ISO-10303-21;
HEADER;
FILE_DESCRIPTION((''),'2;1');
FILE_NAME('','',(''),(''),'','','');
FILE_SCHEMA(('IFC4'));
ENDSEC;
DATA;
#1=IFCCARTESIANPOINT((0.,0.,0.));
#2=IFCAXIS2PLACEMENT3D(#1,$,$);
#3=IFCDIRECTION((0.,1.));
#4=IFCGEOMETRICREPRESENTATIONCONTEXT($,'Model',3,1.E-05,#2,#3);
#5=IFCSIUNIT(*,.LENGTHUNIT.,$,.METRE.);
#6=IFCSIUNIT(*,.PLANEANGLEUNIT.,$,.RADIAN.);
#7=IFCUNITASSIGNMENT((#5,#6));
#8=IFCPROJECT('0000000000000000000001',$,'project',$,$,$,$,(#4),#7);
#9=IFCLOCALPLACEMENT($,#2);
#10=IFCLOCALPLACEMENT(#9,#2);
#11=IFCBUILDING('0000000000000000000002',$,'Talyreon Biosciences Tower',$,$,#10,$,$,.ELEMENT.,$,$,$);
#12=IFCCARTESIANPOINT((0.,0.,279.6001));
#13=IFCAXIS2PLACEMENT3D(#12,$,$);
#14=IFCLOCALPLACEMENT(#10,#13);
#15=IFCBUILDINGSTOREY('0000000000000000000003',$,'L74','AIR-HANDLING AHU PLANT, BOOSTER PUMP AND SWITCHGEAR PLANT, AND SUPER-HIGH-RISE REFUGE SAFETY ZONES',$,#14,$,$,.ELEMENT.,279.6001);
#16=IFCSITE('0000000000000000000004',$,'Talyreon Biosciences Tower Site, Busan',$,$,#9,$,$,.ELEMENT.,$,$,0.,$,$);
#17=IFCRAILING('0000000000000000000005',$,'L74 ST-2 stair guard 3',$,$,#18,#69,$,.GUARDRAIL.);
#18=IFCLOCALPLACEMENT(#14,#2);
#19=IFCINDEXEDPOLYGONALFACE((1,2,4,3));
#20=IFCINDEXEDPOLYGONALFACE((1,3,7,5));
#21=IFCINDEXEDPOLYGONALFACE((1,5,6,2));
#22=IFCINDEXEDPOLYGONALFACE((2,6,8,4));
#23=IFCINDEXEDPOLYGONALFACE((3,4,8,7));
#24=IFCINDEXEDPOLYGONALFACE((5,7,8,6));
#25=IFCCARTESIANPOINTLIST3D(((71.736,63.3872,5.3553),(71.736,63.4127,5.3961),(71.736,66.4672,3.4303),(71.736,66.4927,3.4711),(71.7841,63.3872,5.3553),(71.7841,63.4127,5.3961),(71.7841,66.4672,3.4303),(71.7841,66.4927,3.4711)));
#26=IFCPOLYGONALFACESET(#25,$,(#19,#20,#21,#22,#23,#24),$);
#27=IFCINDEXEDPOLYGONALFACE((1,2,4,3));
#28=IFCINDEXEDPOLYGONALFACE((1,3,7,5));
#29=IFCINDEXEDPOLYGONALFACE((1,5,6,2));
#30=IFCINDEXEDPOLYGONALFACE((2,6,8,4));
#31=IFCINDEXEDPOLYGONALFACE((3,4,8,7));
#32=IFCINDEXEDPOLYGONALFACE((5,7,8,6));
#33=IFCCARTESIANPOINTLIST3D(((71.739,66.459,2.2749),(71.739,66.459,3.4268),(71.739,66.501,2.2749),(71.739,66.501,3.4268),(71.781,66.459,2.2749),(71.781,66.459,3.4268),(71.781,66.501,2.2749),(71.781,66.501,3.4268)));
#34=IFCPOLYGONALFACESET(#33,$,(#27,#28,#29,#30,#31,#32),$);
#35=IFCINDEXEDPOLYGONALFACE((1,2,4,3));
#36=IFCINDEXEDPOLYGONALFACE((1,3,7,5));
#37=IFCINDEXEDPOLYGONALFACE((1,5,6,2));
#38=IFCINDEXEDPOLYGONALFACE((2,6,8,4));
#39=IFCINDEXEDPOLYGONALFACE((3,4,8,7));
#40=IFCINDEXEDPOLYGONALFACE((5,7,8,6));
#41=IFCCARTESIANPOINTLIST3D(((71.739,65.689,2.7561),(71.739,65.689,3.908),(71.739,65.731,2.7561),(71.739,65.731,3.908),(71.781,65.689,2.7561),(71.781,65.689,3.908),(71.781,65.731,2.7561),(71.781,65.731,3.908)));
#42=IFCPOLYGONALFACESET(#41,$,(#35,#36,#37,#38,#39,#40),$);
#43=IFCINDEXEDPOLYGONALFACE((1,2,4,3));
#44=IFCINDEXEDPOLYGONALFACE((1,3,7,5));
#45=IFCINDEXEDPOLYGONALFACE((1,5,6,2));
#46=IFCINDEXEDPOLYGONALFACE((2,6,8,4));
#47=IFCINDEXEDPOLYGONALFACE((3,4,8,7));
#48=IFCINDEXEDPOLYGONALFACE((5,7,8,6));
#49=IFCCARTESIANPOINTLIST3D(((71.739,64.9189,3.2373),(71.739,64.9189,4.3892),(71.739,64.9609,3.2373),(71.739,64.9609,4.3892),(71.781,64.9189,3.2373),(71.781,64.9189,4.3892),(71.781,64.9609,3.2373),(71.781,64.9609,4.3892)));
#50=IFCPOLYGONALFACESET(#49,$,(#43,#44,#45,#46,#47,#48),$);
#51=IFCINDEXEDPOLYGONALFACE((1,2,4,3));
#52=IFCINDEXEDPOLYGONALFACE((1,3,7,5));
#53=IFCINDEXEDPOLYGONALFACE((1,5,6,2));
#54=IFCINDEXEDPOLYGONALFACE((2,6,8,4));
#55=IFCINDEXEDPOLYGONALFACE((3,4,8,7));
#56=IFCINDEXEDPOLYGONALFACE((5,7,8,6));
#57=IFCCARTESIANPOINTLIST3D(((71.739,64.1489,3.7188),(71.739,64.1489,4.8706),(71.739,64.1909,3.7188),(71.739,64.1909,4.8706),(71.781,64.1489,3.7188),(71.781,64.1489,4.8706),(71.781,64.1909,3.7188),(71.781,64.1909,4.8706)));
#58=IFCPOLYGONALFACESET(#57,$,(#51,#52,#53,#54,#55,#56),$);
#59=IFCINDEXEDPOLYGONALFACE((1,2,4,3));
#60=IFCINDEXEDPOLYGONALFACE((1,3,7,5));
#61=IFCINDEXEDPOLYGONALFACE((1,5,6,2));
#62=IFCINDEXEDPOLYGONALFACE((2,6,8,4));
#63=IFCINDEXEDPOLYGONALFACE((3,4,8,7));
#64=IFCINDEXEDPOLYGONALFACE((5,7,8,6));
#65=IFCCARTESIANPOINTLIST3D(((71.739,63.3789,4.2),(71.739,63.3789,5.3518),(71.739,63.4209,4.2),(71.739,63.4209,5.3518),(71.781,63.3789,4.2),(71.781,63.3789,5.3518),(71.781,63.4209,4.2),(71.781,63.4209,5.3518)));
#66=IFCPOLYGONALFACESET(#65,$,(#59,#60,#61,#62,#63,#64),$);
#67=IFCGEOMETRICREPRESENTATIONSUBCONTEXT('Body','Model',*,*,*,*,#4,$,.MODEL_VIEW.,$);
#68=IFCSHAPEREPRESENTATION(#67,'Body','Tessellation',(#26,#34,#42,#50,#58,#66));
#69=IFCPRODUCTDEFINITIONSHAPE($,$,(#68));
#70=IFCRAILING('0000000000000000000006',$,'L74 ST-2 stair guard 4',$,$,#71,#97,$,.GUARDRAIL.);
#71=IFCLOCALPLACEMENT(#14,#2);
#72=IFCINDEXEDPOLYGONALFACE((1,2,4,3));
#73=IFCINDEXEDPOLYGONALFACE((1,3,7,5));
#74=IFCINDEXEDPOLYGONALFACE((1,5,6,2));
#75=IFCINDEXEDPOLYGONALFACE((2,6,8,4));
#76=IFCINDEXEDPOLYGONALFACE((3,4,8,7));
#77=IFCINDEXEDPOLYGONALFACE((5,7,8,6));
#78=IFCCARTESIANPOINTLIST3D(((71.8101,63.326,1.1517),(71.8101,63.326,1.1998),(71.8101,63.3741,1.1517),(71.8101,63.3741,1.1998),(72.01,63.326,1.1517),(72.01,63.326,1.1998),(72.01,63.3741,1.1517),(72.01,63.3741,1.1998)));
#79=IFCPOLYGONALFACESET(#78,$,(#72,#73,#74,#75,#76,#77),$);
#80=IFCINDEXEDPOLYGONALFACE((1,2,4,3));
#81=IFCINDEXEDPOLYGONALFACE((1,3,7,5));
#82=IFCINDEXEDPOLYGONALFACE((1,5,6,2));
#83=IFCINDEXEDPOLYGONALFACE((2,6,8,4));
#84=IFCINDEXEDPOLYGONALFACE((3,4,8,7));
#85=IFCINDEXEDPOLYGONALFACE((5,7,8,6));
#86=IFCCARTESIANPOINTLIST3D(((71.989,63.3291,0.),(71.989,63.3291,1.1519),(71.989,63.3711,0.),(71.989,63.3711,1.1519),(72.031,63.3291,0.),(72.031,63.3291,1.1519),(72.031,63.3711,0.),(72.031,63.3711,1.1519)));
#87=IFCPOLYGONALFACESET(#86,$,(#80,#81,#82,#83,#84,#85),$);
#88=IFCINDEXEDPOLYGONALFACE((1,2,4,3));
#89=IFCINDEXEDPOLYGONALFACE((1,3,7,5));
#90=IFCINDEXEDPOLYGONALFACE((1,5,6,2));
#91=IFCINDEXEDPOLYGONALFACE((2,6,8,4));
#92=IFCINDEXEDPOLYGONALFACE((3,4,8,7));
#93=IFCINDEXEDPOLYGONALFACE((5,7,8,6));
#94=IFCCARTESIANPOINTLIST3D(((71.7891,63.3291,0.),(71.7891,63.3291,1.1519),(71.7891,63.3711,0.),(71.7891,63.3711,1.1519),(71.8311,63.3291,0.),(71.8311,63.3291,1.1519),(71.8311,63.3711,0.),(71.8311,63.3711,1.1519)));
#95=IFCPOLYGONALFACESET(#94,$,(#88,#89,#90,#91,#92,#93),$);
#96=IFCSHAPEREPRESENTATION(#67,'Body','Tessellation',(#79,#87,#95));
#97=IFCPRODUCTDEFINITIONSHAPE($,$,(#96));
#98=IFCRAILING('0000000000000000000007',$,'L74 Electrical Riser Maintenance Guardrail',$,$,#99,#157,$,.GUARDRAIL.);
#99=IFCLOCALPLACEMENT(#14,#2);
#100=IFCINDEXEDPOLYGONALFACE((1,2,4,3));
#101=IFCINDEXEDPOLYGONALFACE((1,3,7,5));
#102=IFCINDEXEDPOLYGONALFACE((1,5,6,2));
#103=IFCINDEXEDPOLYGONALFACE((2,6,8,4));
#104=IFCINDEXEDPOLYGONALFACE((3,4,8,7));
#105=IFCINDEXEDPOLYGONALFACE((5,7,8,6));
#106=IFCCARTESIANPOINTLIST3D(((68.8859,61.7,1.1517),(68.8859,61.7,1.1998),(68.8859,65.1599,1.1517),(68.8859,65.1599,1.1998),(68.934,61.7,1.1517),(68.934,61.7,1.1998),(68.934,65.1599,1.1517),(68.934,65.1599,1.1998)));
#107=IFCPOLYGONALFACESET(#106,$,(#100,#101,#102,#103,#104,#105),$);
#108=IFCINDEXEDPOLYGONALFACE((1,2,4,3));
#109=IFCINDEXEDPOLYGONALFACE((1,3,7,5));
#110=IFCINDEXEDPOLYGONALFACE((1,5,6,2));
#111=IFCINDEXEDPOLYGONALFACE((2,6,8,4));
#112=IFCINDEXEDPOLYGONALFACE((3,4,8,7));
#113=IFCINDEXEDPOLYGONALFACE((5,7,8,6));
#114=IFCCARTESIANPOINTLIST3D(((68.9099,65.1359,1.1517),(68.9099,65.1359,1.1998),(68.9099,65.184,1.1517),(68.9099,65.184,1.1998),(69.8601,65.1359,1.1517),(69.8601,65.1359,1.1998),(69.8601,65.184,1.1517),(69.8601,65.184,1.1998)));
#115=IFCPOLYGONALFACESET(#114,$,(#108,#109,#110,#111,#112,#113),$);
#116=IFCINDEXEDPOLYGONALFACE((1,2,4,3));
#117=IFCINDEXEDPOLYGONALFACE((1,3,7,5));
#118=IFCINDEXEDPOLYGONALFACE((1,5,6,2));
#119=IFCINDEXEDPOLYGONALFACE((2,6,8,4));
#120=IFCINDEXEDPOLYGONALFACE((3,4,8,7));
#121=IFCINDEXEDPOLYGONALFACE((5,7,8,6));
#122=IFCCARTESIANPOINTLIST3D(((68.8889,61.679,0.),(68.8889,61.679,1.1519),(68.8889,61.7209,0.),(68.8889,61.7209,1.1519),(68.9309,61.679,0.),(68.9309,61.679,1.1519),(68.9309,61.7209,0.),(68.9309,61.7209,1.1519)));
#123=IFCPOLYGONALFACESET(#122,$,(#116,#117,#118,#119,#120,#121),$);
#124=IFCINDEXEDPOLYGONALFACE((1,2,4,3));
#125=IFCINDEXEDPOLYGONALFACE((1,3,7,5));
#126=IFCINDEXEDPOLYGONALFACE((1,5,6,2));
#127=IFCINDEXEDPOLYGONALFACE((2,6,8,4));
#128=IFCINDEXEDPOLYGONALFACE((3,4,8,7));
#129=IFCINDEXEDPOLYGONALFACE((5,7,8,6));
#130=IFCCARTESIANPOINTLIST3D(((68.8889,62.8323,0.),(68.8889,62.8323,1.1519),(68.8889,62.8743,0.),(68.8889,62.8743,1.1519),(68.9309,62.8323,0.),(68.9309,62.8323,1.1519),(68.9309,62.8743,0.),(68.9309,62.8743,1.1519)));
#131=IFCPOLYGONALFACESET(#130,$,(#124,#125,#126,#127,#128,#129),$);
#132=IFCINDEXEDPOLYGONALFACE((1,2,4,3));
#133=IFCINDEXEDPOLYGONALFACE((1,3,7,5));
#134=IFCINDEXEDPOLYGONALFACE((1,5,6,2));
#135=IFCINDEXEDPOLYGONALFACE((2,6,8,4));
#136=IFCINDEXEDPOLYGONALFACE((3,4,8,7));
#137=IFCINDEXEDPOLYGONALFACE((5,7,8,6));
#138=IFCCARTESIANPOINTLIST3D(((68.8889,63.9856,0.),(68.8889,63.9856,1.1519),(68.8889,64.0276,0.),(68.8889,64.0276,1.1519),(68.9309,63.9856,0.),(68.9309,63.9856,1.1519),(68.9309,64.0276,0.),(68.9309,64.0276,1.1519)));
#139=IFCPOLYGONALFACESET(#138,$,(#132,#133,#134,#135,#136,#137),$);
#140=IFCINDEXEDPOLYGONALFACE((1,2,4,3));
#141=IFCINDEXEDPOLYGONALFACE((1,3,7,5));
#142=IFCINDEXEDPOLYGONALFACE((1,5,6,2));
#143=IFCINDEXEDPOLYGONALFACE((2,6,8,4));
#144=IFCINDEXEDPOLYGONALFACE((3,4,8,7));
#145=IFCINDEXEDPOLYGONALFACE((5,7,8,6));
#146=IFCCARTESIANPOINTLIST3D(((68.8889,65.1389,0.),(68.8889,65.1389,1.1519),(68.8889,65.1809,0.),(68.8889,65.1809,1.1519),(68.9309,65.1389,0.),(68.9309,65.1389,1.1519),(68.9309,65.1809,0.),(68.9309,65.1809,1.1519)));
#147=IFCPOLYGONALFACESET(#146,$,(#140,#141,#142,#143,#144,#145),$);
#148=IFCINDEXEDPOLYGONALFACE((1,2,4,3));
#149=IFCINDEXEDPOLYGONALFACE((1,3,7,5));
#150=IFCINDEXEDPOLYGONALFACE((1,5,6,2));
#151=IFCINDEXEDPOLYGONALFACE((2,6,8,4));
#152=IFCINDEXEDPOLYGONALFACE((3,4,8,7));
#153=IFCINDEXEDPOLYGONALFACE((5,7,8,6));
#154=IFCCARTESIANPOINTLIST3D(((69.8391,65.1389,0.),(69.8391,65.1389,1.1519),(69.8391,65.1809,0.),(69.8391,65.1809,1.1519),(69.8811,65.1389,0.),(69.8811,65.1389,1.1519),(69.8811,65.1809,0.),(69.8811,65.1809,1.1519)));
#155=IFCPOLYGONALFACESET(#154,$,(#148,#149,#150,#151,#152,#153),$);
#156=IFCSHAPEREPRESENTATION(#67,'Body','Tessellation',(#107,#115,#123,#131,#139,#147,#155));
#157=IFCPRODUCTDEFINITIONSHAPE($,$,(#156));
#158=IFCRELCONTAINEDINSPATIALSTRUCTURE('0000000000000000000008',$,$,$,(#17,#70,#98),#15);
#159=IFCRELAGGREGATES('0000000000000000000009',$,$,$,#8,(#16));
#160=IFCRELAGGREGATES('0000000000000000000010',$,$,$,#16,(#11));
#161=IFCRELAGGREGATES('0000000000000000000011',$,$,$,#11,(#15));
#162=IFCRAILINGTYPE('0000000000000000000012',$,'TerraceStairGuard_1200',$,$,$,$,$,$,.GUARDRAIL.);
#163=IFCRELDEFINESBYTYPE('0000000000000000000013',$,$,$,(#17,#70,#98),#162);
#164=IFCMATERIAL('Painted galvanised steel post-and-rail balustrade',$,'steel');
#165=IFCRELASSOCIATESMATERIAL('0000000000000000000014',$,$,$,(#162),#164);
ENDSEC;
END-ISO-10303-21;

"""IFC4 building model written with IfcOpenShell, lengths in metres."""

from ifc_helpers import new_model, si_unit, direction, frame, origin, origin_2d, place, context, subcontext, project, spatial, rectangle, extrude, material, type_object, element, save


model = new_model("IFC4")

# Units and contexts
model_context = context("Model", 3, precision=1e-05, world=origin(), true_north=direction((0.0, 1.0)))
body_context = subcontext(model_context, "Body", "Model", "MODEL_VIEW")
ifc_project = project(units=[si_unit("LENGTHUNIT", "METRE"), si_unit("PLANEANGLEUNIT", "RADIAN")], contexts=[model_context])

# Site, building, storey
site_placement = place(None, origin())
site = spatial("IfcSite", under=ifc_project, at=site_placement, Name="Talyreon Biosciences Tower Site, Busan", CompositionType="ELEMENT", RefElevation=0.0)
building_placement = place(site_placement, origin())
building = spatial("IfcBuilding", under=site, at=building_placement, Name="Talyreon Biosciences Tower", CompositionType="ELEMENT")
storey_placement = place(building_placement, frame((0.0, 0.0, 279.6001)))
storey = spatial("IfcBuildingStorey", under=building, at=storey_placement, Name="L74", Description="AIR-HANDLING AHU PLANT, BOOSTER PUMP AND SWITCHGEAR PLANT, AND SUPER-HIGH-RISE REFUGE SAFETY ZONES", CompositionType="ELEMENT", Elevation=279.6001)

# Railings
ifc_material_1 = material(Name="Painted galvanised steel post-and-rail balustrade", Category="steel")
railing_type_1 = type_object("IfcRailingType", Name="TerraceStairGuard_1200", PredefinedType="GUARDRAIL", material=ifc_material_1)
railing_1_placement = place(storey_placement, frame((71.76, 66.48, 2.2749)))
element("IfcRailing", 1, at=railing_1_placement, inside=storey, type_object=railing_type_1, Name="L74 ST-2 stair guard 3", PredefinedType="GUARDRAIL", context=body_context, shape_type="SweptSolid", body=[
    extrude(rectangle(XDim=0.0481, YDim=0.0481, at=origin_2d()), frame((0.0, 0.0, 1.1758), z_axis=(0.0, -0.847998, 0.529999), x_axis=(1.0, 0.0, 0.0)), (0.0, 0.0, 1.0), 3.6321),
    extrude(rectangle(XDim=0.042, YDim=0.042, at=origin_2d()), origin(), (0.0, 0.0, 1.0), 1.1519),
    extrude(rectangle(XDim=0.042, YDim=0.042, at=origin_2d()), frame((0.0, -0.77, 0.4812)), (0.0, 0.0, 1.0), 1.1519),
    extrude(rectangle(XDim=0.042, YDim=0.042, at=origin_2d()), frame((0.0, -1.54, 0.9624)), (0.0, 0.0, 1.0), 1.1519),
    extrude(rectangle(XDim=0.042, YDim=0.042, at=origin_2d()), frame((0.0, -2.3101, 1.4438)), (0.0, 0.0, 1.0), 1.1519),
    extrude(rectangle(XDim=0.042, YDim=0.042, at=origin_2d()), frame((0.0, -3.0801, 1.925)), (0.0, 0.0, 1.0), 1.1519),
])
railing_2_placement = place(storey_placement, frame((72.01, 63.3501, 0.0)))
element("IfcRailing", 2, at=railing_2_placement, inside=storey, type_object=railing_type_1, Name="L74 ST-2 stair guard 4", PredefinedType="GUARDRAIL", context=body_context, shape_type="SweptSolid", body=[
    extrude(rectangle(XDim=0.0481, YDim=0.0481, at=origin_2d()), frame((0.0, 0.0, 1.1758), z_axis=(-1.0, 0.0, 0.0), x_axis=(0.0, -1.0, 0.0)), (0.0, 0.0, 1.0), 0.2),
    extrude(rectangle(XDim=0.042, YDim=0.042, at=origin_2d()), origin(), (0.0, 0.0, 1.0), 1.1519),
    extrude(rectangle(XDim=0.042, YDim=0.042, at=origin_2d()), frame((-0.2, 0.0, 0.0)), (0.0, 0.0, 1.0), 1.1519),
])
railing_3_placement = place(storey_placement, frame((68.9099, 61.7, 0.0)))
element("IfcRailing", 3, at=railing_3_placement, inside=storey, type_object=railing_type_1, Name="L74 Electrical Riser Maintenance Guardrail", PredefinedType="GUARDRAIL", context=body_context, shape_type="SweptSolid", body=[
    extrude(rectangle(XDim=0.0481, YDim=0.0481, at=origin_2d()), frame((0.0, 0.0, 1.1758), z_axis=(0.0, 1.0, 0.0), x_axis=(-1.0, 0.0, 0.0)), (0.0, 0.0, 1.0), 3.46),
    extrude(rectangle(XDim=0.0481, YDim=0.0481, at=origin_2d()), frame((0.0, 3.46, 1.1758), z_axis=(1.0, 0.0, 0.0), x_axis=(0.0, 1.0, 0.0)), (0.0, 0.0, 1.0), 0.9502),
    extrude(rectangle(XDim=0.042, YDim=0.042, at=origin_2d()), origin(), (0.0, 0.0, 1.0), 1.1519),
    extrude(rectangle(XDim=0.042, YDim=0.042, at=origin_2d()), frame((0.0, 1.1533, 0.0)), (0.0, 0.0, 1.0), 1.1519),
    extrude(rectangle(XDim=0.042, YDim=0.042, at=origin_2d()), frame((0.0, 2.3066, 0.0)), (0.0, 0.0, 1.0), 1.1519),
    extrude(rectangle(XDim=0.042, YDim=0.042, at=origin_2d()), frame((0.0, 3.46, 0.0)), (0.0, 0.0, 1.0), 1.1519),
    extrude(rectangle(XDim=0.042, YDim=0.042, at=origin_2d()), frame((0.9502, 3.46, 0.0)), (0.0, 0.0, 1.0), 1.1519),
])

save(model, "model.ifc")
